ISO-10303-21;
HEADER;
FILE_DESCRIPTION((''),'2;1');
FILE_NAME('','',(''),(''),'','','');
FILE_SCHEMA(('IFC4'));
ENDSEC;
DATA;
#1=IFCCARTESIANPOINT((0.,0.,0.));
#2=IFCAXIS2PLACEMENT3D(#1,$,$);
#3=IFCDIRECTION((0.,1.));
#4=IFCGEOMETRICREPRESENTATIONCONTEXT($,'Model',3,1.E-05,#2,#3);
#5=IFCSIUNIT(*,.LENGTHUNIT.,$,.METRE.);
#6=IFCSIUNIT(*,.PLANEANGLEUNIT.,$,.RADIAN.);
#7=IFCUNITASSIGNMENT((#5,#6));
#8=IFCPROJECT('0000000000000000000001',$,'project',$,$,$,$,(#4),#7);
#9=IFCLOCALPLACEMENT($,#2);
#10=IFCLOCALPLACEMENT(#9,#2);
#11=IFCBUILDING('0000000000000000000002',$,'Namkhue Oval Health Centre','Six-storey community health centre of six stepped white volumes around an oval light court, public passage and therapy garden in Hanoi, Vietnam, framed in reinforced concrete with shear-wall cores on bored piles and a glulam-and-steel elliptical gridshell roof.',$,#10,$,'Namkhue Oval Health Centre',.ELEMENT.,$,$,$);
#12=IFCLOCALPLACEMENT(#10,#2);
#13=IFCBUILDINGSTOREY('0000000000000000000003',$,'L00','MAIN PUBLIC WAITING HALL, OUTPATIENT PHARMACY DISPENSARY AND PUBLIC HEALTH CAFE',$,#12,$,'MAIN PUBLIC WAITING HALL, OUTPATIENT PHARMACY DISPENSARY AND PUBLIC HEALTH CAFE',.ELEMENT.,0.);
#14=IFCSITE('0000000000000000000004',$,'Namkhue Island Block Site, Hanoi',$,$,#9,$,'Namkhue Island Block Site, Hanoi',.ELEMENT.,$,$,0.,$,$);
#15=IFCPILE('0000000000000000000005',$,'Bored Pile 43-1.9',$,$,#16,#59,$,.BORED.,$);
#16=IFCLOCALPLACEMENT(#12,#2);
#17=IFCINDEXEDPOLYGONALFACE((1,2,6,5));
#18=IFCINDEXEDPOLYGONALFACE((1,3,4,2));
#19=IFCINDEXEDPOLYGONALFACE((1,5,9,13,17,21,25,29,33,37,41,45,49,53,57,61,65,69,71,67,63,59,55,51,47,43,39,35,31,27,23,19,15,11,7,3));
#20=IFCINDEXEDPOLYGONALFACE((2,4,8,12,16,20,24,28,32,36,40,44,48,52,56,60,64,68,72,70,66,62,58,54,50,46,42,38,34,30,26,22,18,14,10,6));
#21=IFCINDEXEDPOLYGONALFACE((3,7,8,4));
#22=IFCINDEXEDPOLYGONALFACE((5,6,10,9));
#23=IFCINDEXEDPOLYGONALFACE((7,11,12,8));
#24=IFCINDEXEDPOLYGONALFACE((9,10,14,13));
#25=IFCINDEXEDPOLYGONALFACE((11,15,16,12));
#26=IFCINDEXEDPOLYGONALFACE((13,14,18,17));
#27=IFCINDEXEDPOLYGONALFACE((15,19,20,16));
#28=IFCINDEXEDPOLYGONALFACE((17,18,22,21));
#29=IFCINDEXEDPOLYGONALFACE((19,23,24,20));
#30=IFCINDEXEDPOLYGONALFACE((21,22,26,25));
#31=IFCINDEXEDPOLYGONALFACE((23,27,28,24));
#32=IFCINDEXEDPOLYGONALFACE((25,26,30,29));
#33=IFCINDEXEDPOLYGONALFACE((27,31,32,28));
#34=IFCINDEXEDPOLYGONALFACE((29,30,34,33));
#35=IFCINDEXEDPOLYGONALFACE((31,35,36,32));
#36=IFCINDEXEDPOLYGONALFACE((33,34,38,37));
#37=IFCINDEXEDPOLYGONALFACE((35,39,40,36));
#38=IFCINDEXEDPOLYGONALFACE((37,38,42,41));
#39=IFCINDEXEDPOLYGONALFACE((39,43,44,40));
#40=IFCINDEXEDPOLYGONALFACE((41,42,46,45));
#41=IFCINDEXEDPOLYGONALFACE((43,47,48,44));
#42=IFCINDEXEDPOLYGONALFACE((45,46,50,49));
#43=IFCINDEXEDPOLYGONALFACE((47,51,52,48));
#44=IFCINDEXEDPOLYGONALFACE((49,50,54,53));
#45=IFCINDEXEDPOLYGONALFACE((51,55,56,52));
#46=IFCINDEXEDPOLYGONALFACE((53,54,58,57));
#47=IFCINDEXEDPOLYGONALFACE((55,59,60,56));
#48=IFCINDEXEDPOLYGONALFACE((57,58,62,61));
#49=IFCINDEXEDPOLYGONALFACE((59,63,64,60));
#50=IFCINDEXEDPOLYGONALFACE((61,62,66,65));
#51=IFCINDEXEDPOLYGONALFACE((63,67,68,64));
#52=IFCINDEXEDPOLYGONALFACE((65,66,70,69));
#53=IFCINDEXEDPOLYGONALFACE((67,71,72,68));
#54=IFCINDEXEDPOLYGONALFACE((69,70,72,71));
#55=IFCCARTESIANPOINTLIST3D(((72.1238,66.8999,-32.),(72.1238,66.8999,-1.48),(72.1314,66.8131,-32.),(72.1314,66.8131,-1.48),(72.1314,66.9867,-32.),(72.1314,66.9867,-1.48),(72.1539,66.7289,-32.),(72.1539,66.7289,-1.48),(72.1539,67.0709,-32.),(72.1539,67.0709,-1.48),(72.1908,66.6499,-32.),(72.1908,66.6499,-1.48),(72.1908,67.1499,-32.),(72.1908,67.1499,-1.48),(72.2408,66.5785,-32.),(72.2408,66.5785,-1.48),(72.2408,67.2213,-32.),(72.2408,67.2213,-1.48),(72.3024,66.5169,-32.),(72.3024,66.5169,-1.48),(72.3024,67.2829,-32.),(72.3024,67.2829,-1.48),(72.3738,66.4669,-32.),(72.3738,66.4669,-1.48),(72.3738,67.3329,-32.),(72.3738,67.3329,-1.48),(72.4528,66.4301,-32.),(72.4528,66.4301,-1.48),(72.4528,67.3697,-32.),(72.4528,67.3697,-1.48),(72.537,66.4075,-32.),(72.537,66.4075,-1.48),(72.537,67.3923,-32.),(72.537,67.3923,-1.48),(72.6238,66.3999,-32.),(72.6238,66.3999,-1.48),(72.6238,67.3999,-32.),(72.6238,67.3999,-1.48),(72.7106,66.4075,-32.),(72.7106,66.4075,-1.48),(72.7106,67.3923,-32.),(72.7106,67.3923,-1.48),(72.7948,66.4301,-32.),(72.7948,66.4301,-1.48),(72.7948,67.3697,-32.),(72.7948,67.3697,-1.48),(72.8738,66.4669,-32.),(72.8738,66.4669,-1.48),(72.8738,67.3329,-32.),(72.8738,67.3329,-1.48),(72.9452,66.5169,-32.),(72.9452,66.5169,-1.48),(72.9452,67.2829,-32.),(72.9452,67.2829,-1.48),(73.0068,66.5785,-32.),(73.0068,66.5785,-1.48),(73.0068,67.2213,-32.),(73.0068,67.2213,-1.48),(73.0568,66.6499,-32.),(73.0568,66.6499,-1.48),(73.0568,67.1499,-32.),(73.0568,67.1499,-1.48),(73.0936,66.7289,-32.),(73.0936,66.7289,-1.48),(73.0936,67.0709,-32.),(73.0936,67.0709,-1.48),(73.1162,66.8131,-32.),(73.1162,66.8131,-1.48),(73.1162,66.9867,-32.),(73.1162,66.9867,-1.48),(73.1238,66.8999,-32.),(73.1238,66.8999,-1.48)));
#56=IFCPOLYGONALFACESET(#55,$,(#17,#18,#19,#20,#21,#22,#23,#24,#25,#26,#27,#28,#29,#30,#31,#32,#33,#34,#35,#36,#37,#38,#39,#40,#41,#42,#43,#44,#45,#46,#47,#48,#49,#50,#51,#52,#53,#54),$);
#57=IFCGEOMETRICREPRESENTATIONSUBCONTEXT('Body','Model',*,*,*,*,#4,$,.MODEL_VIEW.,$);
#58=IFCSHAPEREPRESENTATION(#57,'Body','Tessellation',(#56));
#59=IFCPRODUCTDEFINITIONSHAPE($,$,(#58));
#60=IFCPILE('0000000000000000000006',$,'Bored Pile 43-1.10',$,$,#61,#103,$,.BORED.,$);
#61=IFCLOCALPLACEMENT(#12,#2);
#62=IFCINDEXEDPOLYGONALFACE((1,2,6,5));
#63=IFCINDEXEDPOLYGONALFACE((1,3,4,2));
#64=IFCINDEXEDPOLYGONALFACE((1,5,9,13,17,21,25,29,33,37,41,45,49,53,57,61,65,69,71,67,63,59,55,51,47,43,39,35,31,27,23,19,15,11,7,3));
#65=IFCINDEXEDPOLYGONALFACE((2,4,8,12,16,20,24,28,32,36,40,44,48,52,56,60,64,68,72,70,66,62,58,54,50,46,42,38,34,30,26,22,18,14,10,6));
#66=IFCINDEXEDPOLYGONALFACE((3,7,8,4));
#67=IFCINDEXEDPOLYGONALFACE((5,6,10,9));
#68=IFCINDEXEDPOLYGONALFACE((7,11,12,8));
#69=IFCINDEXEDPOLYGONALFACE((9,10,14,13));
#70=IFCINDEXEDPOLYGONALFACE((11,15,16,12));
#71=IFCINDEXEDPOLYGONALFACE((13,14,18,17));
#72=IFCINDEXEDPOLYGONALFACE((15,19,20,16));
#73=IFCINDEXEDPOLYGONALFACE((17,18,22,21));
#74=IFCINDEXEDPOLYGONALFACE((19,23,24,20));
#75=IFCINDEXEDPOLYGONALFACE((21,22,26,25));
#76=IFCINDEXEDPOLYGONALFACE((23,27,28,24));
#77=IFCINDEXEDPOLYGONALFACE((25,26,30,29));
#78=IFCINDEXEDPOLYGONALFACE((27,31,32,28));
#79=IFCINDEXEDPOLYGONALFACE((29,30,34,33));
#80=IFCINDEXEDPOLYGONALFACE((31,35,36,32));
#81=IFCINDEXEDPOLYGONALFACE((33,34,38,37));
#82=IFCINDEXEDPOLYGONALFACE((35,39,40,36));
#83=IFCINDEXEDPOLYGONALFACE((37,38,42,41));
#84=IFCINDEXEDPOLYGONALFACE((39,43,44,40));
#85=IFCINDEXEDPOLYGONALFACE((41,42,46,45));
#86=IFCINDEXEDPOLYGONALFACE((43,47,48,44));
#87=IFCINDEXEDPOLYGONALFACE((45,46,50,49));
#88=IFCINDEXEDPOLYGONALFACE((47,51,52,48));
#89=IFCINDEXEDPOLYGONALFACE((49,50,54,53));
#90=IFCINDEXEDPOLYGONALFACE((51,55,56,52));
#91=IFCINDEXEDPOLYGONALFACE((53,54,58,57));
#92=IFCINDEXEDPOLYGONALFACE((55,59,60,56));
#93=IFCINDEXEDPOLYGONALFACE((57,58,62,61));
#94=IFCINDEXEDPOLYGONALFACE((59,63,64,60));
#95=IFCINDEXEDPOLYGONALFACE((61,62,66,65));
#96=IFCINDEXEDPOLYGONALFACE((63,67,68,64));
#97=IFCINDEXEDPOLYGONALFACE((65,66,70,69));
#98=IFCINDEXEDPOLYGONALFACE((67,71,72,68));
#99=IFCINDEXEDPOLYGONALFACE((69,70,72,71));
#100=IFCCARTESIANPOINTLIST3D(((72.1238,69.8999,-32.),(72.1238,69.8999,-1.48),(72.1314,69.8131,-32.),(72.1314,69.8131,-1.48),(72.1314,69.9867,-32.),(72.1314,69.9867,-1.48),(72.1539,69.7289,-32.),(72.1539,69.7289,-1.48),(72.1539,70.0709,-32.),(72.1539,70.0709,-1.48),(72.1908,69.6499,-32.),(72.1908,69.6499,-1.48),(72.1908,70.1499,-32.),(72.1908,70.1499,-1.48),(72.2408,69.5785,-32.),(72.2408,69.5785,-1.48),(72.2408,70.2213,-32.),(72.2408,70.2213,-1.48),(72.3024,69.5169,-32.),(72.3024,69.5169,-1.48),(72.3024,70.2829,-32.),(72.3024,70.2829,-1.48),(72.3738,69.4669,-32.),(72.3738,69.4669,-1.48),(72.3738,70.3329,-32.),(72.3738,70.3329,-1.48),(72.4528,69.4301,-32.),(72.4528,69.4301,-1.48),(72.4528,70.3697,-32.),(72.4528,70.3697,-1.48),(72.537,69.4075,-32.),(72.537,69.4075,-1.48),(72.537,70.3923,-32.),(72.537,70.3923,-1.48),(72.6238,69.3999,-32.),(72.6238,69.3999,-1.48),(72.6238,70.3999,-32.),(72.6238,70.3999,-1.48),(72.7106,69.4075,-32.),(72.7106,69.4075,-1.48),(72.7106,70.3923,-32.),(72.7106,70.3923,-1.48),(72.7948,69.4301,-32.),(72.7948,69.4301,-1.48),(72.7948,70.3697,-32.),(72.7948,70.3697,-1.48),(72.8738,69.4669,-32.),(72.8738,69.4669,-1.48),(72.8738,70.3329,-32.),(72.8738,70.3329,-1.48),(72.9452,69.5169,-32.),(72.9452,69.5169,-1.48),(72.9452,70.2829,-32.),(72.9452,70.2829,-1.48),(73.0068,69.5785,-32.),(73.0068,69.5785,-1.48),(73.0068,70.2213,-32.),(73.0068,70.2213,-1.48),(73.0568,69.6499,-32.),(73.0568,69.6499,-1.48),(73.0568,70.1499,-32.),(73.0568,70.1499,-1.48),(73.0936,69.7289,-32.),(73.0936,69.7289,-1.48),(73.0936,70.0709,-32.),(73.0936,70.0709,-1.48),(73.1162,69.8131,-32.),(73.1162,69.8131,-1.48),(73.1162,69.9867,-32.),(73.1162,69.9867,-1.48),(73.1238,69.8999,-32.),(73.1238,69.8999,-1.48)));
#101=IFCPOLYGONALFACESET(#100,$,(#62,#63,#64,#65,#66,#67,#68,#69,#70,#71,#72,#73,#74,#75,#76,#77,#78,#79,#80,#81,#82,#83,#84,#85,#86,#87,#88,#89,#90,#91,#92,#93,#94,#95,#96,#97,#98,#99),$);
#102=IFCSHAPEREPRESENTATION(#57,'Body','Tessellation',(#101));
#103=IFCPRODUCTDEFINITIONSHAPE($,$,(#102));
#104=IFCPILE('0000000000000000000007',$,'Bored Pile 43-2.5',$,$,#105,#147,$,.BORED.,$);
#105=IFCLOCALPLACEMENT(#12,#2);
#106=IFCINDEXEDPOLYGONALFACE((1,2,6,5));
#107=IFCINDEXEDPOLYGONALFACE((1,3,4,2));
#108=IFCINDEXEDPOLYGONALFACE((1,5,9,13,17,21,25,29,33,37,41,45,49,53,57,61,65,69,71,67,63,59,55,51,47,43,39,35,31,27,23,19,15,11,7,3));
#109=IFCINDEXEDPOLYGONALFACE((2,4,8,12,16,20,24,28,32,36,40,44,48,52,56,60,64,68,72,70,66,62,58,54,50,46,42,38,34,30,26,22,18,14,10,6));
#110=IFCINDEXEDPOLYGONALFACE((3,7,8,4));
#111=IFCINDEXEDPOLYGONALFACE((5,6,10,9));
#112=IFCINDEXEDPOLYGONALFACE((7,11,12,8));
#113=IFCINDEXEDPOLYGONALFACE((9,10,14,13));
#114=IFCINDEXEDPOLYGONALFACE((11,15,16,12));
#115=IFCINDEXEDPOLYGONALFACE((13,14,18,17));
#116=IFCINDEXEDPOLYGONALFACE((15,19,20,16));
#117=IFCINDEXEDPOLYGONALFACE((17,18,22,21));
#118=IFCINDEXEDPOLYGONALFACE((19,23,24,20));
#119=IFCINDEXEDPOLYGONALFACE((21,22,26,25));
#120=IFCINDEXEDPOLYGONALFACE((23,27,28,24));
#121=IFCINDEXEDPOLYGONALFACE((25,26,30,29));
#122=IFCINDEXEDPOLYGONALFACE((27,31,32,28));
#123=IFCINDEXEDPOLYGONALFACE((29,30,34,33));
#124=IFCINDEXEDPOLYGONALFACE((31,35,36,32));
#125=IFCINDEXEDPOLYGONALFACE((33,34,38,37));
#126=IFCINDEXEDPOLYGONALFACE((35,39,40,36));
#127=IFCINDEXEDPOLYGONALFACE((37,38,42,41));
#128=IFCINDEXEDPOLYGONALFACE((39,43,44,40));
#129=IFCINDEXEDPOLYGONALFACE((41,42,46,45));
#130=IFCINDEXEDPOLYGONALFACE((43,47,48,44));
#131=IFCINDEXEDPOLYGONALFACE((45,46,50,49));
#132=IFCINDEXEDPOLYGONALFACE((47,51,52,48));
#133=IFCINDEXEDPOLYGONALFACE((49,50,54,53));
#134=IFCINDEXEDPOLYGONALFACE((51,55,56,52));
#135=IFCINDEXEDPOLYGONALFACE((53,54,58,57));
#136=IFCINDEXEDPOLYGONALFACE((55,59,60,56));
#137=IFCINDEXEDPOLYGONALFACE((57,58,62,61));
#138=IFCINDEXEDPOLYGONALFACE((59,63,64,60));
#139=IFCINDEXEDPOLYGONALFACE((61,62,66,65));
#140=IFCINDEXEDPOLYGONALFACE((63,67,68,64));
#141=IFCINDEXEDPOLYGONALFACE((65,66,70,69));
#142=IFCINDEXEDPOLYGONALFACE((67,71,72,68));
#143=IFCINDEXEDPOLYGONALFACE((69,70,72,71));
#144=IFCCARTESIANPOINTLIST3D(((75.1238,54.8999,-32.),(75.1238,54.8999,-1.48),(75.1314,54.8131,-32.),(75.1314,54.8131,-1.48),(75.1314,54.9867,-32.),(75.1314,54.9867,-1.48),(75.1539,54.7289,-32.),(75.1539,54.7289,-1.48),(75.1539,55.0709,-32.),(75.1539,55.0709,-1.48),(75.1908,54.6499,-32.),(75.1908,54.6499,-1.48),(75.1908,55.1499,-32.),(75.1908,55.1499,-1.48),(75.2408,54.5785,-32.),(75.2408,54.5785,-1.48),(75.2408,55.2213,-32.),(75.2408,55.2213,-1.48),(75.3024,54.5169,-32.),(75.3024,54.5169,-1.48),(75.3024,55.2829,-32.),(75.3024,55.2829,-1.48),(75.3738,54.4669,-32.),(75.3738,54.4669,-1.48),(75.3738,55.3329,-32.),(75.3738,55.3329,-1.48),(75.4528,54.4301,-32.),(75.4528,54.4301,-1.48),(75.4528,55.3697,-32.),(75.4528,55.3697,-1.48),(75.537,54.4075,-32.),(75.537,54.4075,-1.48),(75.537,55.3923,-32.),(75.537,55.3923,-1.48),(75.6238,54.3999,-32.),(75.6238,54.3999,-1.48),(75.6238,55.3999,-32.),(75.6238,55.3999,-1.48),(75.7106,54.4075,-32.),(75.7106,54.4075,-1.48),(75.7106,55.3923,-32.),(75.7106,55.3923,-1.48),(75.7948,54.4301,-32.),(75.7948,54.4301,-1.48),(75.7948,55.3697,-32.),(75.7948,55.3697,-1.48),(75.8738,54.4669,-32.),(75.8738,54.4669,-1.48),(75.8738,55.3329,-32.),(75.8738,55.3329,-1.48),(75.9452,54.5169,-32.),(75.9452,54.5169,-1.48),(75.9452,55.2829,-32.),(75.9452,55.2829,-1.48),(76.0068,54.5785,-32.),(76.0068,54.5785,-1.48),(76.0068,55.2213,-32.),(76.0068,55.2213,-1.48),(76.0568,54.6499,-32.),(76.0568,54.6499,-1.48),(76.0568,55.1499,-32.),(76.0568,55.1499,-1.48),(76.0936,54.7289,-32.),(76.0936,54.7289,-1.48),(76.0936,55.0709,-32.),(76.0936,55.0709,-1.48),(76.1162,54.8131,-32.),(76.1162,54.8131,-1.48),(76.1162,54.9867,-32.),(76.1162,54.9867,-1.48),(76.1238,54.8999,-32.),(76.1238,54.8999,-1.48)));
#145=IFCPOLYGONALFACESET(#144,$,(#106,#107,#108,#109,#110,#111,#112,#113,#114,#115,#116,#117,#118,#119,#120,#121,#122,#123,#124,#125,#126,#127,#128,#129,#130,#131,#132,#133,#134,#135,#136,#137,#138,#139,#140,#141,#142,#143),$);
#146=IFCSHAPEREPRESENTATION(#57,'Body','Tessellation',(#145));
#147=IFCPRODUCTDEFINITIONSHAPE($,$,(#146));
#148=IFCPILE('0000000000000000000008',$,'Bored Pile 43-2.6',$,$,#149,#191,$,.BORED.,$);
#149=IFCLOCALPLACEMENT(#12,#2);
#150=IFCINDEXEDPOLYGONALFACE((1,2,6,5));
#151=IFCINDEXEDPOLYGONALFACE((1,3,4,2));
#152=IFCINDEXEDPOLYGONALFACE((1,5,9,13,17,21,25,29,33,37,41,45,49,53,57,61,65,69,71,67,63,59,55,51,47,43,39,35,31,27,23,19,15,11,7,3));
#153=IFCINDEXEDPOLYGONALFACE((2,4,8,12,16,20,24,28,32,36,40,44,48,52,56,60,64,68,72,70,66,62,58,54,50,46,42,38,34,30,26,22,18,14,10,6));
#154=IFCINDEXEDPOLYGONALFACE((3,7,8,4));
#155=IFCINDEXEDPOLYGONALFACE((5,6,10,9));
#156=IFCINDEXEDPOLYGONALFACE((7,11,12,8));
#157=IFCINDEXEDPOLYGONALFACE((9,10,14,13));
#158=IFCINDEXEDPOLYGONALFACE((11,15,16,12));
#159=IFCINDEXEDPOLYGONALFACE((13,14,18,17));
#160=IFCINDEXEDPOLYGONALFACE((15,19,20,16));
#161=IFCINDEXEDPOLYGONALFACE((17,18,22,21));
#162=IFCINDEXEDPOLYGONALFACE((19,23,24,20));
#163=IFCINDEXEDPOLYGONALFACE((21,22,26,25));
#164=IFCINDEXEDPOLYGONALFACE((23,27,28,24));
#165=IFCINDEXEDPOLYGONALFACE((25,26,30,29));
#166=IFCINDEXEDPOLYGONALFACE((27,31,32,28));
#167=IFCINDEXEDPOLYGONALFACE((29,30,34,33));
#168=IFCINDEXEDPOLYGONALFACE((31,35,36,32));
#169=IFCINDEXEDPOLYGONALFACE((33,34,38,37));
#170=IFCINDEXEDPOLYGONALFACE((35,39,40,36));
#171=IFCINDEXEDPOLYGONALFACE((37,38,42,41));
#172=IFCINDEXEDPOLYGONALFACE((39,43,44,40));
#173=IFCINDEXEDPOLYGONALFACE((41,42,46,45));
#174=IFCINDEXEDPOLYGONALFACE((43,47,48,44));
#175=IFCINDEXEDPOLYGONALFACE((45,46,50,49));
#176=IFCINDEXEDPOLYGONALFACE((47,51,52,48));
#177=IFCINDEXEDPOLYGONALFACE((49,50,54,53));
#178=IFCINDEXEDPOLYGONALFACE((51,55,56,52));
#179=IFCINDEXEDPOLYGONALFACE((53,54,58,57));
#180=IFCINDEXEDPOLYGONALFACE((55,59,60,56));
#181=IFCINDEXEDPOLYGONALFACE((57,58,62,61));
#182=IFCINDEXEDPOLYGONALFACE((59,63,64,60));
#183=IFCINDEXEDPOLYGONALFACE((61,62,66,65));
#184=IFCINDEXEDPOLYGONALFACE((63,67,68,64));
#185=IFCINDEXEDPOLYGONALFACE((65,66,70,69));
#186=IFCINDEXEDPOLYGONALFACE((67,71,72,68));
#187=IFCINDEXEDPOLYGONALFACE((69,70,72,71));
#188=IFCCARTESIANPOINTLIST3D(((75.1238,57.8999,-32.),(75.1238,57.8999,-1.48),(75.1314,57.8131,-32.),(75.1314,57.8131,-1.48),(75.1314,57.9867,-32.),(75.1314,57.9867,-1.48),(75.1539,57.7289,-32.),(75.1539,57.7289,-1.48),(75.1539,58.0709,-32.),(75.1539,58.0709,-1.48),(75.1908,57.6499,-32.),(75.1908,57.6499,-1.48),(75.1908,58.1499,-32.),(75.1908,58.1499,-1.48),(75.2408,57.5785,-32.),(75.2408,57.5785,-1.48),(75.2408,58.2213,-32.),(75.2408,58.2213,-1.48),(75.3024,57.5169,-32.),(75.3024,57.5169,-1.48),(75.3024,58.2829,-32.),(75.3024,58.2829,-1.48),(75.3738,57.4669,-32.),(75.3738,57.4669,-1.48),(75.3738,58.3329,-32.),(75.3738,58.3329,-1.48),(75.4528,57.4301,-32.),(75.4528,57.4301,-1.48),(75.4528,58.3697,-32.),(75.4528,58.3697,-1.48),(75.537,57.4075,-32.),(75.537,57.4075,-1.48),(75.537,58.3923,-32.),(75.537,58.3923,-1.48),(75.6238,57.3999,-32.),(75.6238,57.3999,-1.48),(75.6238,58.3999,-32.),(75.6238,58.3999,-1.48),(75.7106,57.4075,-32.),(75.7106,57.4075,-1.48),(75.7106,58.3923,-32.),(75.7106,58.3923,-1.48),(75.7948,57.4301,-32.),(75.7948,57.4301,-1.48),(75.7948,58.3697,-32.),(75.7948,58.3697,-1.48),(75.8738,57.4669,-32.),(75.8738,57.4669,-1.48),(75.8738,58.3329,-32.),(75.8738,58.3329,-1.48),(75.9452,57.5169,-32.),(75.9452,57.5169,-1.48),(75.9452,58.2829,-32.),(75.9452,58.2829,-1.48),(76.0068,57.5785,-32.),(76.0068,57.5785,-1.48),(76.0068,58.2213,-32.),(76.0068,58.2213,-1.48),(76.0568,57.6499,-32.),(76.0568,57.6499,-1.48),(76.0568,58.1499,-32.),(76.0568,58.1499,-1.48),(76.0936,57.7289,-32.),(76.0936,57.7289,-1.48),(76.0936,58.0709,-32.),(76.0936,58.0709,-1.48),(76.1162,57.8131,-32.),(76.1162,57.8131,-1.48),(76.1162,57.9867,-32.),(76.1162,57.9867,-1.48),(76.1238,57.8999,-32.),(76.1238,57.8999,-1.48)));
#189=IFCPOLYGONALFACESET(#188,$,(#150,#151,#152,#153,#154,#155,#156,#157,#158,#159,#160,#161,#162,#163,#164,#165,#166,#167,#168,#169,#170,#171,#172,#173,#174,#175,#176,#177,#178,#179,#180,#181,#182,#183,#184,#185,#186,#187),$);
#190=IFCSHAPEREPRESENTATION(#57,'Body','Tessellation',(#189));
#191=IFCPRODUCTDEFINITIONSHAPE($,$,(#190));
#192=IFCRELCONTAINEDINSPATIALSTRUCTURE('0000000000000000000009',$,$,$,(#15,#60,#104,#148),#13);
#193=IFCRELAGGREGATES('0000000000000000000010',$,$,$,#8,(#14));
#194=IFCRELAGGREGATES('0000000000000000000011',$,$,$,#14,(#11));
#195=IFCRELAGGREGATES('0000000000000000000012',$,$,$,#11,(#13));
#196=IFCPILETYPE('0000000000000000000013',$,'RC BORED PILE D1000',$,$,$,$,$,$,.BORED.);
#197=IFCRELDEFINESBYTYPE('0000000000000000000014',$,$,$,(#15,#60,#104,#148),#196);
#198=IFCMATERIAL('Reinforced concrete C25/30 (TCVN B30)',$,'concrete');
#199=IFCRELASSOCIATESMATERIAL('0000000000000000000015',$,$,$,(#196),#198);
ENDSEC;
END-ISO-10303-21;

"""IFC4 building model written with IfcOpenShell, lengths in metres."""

from ifc_helpers import new_model, si_unit, direction, frame, origin, origin_2d, place, context, subcontext, project, spatial, circle, extrude, material, material_profile, profile_set, type_object, element, save


model = new_model("IFC4")

# Units and contexts
model_context = context("Model", 3, precision=1e-05, world=origin(), true_north=direction((0.0, 1.0)))
body_context = subcontext(model_context, "Body", "Model", "MODEL_VIEW")
ifc_project = project(units=[si_unit("LENGTHUNIT", "METRE"), si_unit("PLANEANGLEUNIT", "RADIAN")], contexts=[model_context])

# Site, building, storey
site_placement = place(None, origin())
site = spatial("IfcSite", under=ifc_project, at=site_placement, Name="Namkhue Island Block Site, Hanoi", LongName="Namkhue Island Block Site, Hanoi", CompositionType="ELEMENT", RefElevation=0.0)
building_placement = place(site_placement, origin())
building = spatial("IfcBuilding", under=site, at=building_placement, Name="Namkhue Oval Health Centre", Description="Six-storey community health centre of six stepped white volumes around an oval light court, public passage and therapy garden in Hanoi, Vietnam, framed in reinforced concrete with shear-wall cores on bored piles and a glulam-and-steel elliptical gridshell roof.", LongName="Namkhue Oval Health Centre", CompositionType="ELEMENT")
storey_placement = place(building_placement, origin())
storey = spatial("IfcBuildingStorey", under=building, at=storey_placement, Name="L00", Description="MAIN PUBLIC WAITING HALL, OUTPATIENT PHARMACY DISPENSARY AND PUBLIC HEALTH CAFE", LongName="MAIN PUBLIC WAITING HALL, OUTPATIENT PHARMACY DISPENSARY AND PUBLIC HEALTH CAFE", CompositionType="ELEMENT", Elevation=0.0)

# Piles
ifc_material_1 = material(Name="Reinforced concrete C25/30 (TCVN B30)", Category="concrete")
ifc_material_profile_1 = material_profile(ifc_material_1, circle(Radius=0.5, at=origin_2d()), Name="BORED PILE D1000")
ifc_profile_set_1 = profile_set([ifc_material_profile_1], Name="Reinforced concrete C25/30 (TCVN B30)")
pile_type = type_object("IfcPileType", Name="RC BORED PILE D1000", PredefinedType="BORED", material=ifc_profile_set_1)
for number, where, z_axis, x_axis, name in (
    (1, (72.6238, 66.8999, -1.48), (0.0, 0.0, -1.0), (1.0, 0.0, 0.0), "Bored Pile 43-1.9"),
    (2, (72.6238, 69.8999, -1.48), (0.0, 0.0, -1.0), (1.0, 0.0, 0.0), "Bored Pile 43-1.10"),
    (3, (75.6238, 54.8999, -1.48), (0.0, 0.0, -1.0), (1.0, 0.0, 0.0), "Bored Pile 43-2.5"),
    (4, (75.6238, 57.8999, -1.48), (0.0, 0.0, -1.0), (1.0, 0.0, 0.0), "Bored Pile 43-2.6"),
):
    element("IfcPile", number, at=place(storey_placement, frame(where, z_axis=z_axis, x_axis=x_axis)), inside=storey, type_object=pile_type, Name=name, PredefinedType="BORED", context=body_context, shape_type="SweptSolid", body=[
        extrude(circle(Radius=0.5, at=origin_2d()), origin(), (0.0, 0.0, 1.0), 30.52),
    ])

save(model, "model.ifc")
